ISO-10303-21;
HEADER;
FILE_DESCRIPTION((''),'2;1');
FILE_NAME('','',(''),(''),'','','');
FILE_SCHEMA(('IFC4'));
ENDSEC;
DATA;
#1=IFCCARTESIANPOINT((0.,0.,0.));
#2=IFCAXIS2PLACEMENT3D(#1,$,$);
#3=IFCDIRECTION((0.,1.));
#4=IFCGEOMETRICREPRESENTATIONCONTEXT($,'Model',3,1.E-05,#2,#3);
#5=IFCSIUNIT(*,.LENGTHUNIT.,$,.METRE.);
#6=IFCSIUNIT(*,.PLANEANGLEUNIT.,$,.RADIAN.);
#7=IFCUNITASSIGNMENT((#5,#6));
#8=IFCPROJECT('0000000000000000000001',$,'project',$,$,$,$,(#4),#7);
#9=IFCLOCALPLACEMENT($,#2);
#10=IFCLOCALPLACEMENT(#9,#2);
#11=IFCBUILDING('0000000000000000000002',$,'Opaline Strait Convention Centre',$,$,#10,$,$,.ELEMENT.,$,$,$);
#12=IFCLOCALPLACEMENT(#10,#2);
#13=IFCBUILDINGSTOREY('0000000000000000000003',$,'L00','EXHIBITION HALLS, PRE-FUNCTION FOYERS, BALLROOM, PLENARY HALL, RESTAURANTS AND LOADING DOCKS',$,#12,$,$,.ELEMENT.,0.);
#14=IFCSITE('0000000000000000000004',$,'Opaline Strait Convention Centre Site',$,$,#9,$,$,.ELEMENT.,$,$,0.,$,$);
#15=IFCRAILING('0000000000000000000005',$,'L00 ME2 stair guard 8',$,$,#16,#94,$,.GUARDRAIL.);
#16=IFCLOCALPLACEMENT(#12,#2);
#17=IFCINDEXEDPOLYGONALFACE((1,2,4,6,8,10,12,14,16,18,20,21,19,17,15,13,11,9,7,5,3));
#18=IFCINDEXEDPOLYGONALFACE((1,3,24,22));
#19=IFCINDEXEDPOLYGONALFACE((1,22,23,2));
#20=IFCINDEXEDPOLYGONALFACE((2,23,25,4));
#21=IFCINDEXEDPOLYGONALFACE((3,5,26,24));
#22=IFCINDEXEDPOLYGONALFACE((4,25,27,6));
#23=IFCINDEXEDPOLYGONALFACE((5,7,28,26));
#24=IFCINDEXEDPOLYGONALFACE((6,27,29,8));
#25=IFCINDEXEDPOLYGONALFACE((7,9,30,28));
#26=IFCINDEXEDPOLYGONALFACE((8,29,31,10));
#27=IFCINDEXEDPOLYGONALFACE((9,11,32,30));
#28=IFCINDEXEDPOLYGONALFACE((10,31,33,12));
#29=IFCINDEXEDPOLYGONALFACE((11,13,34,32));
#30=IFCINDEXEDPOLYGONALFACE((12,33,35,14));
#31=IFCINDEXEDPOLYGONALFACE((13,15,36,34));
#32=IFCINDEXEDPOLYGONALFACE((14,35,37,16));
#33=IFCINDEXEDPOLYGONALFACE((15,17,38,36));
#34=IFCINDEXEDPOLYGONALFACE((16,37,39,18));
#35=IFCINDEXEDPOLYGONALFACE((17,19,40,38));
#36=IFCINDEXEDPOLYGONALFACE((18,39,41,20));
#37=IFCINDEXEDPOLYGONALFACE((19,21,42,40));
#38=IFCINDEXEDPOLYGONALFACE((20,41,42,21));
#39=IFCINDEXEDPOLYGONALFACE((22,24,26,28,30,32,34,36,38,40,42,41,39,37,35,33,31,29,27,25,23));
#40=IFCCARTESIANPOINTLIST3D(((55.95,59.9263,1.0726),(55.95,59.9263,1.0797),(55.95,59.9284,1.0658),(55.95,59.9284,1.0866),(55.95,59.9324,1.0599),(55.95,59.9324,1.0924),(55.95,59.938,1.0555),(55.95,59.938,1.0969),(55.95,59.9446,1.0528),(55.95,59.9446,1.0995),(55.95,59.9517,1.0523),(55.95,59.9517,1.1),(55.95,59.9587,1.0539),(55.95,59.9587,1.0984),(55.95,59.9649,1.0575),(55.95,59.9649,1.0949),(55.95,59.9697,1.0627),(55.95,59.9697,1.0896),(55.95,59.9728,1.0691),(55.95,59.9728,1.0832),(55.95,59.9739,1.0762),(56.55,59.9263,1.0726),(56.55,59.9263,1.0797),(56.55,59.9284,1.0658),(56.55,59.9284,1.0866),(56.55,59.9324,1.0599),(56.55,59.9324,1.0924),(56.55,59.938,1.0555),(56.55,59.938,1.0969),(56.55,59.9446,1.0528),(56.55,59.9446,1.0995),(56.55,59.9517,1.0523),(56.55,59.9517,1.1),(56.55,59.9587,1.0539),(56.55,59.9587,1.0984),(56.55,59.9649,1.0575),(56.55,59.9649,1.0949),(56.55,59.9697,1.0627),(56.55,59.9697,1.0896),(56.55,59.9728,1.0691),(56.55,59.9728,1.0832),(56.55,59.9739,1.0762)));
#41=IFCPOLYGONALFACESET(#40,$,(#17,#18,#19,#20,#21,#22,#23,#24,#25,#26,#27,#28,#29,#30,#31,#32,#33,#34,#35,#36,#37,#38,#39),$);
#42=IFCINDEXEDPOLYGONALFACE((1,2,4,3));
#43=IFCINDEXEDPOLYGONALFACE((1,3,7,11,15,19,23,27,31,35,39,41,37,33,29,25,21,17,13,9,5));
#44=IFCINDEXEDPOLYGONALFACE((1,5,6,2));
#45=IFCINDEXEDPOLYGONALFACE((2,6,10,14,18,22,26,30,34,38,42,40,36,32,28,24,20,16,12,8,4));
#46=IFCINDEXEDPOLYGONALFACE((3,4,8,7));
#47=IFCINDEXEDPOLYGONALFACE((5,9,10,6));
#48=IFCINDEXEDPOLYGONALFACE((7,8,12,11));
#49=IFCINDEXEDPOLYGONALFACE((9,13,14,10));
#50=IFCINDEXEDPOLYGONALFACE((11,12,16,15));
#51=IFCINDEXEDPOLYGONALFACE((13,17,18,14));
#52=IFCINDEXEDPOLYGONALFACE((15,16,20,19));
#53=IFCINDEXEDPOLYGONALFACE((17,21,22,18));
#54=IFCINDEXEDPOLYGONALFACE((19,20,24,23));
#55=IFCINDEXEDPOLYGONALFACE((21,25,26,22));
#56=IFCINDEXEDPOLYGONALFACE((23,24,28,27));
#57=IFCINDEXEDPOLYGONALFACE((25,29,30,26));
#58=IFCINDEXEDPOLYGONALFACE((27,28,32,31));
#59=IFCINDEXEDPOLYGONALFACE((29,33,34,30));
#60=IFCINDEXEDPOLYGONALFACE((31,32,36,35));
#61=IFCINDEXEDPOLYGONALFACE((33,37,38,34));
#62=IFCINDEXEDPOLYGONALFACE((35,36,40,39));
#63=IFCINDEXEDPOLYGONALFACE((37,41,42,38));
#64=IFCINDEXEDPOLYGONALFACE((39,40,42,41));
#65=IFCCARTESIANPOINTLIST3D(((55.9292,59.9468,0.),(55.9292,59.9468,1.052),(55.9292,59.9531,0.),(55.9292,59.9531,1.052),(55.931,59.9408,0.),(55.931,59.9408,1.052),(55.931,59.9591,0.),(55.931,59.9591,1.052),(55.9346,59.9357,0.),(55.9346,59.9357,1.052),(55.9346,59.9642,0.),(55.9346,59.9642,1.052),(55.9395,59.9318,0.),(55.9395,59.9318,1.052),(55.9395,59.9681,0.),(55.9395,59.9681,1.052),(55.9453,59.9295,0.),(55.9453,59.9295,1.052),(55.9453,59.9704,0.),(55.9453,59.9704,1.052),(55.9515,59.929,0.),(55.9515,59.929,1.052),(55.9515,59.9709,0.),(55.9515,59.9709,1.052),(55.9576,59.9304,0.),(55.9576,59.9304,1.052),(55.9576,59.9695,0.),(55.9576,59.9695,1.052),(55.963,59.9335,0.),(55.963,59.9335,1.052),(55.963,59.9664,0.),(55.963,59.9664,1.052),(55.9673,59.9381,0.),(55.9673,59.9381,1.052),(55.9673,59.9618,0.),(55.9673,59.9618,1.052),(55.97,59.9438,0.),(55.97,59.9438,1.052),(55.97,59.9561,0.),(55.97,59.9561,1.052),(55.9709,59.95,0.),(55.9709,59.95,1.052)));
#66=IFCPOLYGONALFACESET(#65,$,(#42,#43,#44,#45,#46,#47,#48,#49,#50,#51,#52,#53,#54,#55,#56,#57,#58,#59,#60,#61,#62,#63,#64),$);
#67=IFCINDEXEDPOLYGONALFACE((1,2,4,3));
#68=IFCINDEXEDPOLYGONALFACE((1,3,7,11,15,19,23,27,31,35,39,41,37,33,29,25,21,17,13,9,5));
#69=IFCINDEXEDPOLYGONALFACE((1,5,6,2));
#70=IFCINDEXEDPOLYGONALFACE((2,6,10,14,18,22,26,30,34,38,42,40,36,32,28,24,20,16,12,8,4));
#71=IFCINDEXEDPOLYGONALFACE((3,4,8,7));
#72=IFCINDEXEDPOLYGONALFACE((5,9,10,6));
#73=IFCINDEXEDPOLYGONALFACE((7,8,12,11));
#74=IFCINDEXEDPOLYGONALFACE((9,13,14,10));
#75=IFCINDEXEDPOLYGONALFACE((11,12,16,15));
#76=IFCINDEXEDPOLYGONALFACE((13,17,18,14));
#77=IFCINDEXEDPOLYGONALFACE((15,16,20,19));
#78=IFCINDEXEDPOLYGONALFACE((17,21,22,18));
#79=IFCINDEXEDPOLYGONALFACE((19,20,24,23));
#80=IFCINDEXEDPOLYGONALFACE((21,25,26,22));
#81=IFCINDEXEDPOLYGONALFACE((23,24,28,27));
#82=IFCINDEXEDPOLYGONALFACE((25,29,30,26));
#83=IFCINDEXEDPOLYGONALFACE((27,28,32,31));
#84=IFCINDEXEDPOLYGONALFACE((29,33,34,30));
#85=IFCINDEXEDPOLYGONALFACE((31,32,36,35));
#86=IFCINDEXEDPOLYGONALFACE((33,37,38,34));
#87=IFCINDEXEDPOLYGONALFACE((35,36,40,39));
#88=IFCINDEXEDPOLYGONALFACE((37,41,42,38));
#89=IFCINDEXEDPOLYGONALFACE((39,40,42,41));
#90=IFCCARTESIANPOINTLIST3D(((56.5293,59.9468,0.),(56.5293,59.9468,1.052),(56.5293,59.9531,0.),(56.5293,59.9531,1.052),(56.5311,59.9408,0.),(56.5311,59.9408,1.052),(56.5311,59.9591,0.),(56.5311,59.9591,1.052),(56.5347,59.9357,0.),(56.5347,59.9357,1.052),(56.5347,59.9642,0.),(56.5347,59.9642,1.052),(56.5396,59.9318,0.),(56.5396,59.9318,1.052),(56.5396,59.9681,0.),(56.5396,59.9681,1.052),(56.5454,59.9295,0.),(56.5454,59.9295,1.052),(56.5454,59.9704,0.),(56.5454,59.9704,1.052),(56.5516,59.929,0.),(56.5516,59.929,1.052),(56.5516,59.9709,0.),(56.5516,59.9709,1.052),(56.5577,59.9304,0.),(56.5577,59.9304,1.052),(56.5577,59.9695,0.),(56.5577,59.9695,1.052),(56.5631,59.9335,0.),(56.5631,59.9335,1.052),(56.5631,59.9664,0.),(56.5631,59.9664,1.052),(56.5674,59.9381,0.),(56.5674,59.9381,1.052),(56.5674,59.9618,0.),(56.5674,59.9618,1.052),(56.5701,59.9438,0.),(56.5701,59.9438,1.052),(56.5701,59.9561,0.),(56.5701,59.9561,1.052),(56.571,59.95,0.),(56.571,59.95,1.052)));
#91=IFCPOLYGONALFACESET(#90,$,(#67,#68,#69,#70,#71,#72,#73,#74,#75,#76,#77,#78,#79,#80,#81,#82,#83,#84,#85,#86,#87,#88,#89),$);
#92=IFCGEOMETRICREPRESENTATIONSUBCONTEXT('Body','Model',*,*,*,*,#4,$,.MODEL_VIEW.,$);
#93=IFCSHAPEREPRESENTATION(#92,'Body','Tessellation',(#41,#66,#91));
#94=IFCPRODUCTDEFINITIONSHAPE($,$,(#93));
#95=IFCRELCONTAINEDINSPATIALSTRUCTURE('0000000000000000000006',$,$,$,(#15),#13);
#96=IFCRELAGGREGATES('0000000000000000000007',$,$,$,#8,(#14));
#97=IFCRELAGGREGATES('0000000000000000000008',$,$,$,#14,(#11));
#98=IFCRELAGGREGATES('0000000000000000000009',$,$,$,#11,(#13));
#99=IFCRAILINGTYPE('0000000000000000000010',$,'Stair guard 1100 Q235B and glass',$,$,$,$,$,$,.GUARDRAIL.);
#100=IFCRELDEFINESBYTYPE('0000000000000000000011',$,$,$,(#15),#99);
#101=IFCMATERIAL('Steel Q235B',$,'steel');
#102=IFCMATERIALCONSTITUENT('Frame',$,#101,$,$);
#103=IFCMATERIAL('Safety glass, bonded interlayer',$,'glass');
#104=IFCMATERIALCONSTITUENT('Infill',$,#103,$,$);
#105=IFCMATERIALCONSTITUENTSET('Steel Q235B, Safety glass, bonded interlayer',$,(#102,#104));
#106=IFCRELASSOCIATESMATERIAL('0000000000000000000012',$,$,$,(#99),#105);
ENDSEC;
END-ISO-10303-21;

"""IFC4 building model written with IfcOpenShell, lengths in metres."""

from ifc_helpers import new_model, si_unit, direction, frame, origin, origin_2d, place, context, subcontext, project, spatial, circle, extrude, material, constituent, constituent_set, type_object, element, save


model = new_model("IFC4")

# Units and contexts
model_context = context("Model", 3, precision=1e-05, world=origin(), true_north=direction((0.0, 1.0)))
body_context = subcontext(model_context, "Body", "Model", "MODEL_VIEW")
ifc_project = project(units=[si_unit("LENGTHUNIT", "METRE"), si_unit("PLANEANGLEUNIT", "RADIAN")], contexts=[model_context])

# Site, building, storey
site_placement = place(None, origin())
site = spatial("IfcSite", under=ifc_project, at=site_placement, Name="Opaline Strait Convention Centre Site", CompositionType="ELEMENT", RefElevation=0.0)
building_placement = place(site_placement, origin())
building = spatial("IfcBuilding", under=site, at=building_placement, Name="Opaline Strait Convention Centre", CompositionType="ELEMENT")
storey_placement = place(building_placement, origin())
storey = spatial("IfcBuildingStorey", under=building, at=storey_placement, Name="L00", Description="EXHIBITION HALLS, PRE-FUNCTION FOYERS, BALLROOM, PLENARY HALL, RESTAURANTS AND LOADING DOCKS", CompositionType="ELEMENT", Elevation=0.0)

# Railing
ifc_material_1 = material(Name="Steel Q235B", Category="steel")
ifc_constituent_1 = constituent(ifc_material_1, Name="Frame")
ifc_material_2 = material(Name="Safety glass, bonded interlayer", Category="glass")
ifc_constituent_2 = constituent(ifc_material_2, Name="Infill")
ifc_constituent_set = constituent_set(constituents=[ifc_constituent_1, ifc_constituent_2], Name="Steel Q235B, Safety glass, bonded interlayer")
railing_type_1 = type_object("IfcRailingType", Name="Stair guard 1100 Q235B and glass", PredefinedType="GUARDRAIL", material=ifc_constituent_set)
railing_1_placement = place(storey_placement, frame((55.95, 59.95, 0.0)))
element("IfcRailing", 1, at=railing_1_placement, inside=storey, type_object=railing_type_1, Name="L00 ME2 stair guard 8", PredefinedType="GUARDRAIL", context=body_context, shape_type="SweptSolid", body=[
    extrude(circle(Radius=0.0239, at=origin_2d()), frame((0.0, 0.0, 1.0762), z_axis=(1.0, 0.0, 0.0), x_axis=(0.0, 1.0, 0.0)), (0.0, 0.0, 1.0), 0.6001),
    extrude(circle(Radius=0.021, at=origin_2d()), origin(), (0.0, 0.0, 1.0), 1.052),
    extrude(circle(Radius=0.021, at=origin_2d()), frame((0.6001, 0.0, 0.0)), (0.0, 0.0, 1.0), 1.052),
])

save(model, "model.ifc")
